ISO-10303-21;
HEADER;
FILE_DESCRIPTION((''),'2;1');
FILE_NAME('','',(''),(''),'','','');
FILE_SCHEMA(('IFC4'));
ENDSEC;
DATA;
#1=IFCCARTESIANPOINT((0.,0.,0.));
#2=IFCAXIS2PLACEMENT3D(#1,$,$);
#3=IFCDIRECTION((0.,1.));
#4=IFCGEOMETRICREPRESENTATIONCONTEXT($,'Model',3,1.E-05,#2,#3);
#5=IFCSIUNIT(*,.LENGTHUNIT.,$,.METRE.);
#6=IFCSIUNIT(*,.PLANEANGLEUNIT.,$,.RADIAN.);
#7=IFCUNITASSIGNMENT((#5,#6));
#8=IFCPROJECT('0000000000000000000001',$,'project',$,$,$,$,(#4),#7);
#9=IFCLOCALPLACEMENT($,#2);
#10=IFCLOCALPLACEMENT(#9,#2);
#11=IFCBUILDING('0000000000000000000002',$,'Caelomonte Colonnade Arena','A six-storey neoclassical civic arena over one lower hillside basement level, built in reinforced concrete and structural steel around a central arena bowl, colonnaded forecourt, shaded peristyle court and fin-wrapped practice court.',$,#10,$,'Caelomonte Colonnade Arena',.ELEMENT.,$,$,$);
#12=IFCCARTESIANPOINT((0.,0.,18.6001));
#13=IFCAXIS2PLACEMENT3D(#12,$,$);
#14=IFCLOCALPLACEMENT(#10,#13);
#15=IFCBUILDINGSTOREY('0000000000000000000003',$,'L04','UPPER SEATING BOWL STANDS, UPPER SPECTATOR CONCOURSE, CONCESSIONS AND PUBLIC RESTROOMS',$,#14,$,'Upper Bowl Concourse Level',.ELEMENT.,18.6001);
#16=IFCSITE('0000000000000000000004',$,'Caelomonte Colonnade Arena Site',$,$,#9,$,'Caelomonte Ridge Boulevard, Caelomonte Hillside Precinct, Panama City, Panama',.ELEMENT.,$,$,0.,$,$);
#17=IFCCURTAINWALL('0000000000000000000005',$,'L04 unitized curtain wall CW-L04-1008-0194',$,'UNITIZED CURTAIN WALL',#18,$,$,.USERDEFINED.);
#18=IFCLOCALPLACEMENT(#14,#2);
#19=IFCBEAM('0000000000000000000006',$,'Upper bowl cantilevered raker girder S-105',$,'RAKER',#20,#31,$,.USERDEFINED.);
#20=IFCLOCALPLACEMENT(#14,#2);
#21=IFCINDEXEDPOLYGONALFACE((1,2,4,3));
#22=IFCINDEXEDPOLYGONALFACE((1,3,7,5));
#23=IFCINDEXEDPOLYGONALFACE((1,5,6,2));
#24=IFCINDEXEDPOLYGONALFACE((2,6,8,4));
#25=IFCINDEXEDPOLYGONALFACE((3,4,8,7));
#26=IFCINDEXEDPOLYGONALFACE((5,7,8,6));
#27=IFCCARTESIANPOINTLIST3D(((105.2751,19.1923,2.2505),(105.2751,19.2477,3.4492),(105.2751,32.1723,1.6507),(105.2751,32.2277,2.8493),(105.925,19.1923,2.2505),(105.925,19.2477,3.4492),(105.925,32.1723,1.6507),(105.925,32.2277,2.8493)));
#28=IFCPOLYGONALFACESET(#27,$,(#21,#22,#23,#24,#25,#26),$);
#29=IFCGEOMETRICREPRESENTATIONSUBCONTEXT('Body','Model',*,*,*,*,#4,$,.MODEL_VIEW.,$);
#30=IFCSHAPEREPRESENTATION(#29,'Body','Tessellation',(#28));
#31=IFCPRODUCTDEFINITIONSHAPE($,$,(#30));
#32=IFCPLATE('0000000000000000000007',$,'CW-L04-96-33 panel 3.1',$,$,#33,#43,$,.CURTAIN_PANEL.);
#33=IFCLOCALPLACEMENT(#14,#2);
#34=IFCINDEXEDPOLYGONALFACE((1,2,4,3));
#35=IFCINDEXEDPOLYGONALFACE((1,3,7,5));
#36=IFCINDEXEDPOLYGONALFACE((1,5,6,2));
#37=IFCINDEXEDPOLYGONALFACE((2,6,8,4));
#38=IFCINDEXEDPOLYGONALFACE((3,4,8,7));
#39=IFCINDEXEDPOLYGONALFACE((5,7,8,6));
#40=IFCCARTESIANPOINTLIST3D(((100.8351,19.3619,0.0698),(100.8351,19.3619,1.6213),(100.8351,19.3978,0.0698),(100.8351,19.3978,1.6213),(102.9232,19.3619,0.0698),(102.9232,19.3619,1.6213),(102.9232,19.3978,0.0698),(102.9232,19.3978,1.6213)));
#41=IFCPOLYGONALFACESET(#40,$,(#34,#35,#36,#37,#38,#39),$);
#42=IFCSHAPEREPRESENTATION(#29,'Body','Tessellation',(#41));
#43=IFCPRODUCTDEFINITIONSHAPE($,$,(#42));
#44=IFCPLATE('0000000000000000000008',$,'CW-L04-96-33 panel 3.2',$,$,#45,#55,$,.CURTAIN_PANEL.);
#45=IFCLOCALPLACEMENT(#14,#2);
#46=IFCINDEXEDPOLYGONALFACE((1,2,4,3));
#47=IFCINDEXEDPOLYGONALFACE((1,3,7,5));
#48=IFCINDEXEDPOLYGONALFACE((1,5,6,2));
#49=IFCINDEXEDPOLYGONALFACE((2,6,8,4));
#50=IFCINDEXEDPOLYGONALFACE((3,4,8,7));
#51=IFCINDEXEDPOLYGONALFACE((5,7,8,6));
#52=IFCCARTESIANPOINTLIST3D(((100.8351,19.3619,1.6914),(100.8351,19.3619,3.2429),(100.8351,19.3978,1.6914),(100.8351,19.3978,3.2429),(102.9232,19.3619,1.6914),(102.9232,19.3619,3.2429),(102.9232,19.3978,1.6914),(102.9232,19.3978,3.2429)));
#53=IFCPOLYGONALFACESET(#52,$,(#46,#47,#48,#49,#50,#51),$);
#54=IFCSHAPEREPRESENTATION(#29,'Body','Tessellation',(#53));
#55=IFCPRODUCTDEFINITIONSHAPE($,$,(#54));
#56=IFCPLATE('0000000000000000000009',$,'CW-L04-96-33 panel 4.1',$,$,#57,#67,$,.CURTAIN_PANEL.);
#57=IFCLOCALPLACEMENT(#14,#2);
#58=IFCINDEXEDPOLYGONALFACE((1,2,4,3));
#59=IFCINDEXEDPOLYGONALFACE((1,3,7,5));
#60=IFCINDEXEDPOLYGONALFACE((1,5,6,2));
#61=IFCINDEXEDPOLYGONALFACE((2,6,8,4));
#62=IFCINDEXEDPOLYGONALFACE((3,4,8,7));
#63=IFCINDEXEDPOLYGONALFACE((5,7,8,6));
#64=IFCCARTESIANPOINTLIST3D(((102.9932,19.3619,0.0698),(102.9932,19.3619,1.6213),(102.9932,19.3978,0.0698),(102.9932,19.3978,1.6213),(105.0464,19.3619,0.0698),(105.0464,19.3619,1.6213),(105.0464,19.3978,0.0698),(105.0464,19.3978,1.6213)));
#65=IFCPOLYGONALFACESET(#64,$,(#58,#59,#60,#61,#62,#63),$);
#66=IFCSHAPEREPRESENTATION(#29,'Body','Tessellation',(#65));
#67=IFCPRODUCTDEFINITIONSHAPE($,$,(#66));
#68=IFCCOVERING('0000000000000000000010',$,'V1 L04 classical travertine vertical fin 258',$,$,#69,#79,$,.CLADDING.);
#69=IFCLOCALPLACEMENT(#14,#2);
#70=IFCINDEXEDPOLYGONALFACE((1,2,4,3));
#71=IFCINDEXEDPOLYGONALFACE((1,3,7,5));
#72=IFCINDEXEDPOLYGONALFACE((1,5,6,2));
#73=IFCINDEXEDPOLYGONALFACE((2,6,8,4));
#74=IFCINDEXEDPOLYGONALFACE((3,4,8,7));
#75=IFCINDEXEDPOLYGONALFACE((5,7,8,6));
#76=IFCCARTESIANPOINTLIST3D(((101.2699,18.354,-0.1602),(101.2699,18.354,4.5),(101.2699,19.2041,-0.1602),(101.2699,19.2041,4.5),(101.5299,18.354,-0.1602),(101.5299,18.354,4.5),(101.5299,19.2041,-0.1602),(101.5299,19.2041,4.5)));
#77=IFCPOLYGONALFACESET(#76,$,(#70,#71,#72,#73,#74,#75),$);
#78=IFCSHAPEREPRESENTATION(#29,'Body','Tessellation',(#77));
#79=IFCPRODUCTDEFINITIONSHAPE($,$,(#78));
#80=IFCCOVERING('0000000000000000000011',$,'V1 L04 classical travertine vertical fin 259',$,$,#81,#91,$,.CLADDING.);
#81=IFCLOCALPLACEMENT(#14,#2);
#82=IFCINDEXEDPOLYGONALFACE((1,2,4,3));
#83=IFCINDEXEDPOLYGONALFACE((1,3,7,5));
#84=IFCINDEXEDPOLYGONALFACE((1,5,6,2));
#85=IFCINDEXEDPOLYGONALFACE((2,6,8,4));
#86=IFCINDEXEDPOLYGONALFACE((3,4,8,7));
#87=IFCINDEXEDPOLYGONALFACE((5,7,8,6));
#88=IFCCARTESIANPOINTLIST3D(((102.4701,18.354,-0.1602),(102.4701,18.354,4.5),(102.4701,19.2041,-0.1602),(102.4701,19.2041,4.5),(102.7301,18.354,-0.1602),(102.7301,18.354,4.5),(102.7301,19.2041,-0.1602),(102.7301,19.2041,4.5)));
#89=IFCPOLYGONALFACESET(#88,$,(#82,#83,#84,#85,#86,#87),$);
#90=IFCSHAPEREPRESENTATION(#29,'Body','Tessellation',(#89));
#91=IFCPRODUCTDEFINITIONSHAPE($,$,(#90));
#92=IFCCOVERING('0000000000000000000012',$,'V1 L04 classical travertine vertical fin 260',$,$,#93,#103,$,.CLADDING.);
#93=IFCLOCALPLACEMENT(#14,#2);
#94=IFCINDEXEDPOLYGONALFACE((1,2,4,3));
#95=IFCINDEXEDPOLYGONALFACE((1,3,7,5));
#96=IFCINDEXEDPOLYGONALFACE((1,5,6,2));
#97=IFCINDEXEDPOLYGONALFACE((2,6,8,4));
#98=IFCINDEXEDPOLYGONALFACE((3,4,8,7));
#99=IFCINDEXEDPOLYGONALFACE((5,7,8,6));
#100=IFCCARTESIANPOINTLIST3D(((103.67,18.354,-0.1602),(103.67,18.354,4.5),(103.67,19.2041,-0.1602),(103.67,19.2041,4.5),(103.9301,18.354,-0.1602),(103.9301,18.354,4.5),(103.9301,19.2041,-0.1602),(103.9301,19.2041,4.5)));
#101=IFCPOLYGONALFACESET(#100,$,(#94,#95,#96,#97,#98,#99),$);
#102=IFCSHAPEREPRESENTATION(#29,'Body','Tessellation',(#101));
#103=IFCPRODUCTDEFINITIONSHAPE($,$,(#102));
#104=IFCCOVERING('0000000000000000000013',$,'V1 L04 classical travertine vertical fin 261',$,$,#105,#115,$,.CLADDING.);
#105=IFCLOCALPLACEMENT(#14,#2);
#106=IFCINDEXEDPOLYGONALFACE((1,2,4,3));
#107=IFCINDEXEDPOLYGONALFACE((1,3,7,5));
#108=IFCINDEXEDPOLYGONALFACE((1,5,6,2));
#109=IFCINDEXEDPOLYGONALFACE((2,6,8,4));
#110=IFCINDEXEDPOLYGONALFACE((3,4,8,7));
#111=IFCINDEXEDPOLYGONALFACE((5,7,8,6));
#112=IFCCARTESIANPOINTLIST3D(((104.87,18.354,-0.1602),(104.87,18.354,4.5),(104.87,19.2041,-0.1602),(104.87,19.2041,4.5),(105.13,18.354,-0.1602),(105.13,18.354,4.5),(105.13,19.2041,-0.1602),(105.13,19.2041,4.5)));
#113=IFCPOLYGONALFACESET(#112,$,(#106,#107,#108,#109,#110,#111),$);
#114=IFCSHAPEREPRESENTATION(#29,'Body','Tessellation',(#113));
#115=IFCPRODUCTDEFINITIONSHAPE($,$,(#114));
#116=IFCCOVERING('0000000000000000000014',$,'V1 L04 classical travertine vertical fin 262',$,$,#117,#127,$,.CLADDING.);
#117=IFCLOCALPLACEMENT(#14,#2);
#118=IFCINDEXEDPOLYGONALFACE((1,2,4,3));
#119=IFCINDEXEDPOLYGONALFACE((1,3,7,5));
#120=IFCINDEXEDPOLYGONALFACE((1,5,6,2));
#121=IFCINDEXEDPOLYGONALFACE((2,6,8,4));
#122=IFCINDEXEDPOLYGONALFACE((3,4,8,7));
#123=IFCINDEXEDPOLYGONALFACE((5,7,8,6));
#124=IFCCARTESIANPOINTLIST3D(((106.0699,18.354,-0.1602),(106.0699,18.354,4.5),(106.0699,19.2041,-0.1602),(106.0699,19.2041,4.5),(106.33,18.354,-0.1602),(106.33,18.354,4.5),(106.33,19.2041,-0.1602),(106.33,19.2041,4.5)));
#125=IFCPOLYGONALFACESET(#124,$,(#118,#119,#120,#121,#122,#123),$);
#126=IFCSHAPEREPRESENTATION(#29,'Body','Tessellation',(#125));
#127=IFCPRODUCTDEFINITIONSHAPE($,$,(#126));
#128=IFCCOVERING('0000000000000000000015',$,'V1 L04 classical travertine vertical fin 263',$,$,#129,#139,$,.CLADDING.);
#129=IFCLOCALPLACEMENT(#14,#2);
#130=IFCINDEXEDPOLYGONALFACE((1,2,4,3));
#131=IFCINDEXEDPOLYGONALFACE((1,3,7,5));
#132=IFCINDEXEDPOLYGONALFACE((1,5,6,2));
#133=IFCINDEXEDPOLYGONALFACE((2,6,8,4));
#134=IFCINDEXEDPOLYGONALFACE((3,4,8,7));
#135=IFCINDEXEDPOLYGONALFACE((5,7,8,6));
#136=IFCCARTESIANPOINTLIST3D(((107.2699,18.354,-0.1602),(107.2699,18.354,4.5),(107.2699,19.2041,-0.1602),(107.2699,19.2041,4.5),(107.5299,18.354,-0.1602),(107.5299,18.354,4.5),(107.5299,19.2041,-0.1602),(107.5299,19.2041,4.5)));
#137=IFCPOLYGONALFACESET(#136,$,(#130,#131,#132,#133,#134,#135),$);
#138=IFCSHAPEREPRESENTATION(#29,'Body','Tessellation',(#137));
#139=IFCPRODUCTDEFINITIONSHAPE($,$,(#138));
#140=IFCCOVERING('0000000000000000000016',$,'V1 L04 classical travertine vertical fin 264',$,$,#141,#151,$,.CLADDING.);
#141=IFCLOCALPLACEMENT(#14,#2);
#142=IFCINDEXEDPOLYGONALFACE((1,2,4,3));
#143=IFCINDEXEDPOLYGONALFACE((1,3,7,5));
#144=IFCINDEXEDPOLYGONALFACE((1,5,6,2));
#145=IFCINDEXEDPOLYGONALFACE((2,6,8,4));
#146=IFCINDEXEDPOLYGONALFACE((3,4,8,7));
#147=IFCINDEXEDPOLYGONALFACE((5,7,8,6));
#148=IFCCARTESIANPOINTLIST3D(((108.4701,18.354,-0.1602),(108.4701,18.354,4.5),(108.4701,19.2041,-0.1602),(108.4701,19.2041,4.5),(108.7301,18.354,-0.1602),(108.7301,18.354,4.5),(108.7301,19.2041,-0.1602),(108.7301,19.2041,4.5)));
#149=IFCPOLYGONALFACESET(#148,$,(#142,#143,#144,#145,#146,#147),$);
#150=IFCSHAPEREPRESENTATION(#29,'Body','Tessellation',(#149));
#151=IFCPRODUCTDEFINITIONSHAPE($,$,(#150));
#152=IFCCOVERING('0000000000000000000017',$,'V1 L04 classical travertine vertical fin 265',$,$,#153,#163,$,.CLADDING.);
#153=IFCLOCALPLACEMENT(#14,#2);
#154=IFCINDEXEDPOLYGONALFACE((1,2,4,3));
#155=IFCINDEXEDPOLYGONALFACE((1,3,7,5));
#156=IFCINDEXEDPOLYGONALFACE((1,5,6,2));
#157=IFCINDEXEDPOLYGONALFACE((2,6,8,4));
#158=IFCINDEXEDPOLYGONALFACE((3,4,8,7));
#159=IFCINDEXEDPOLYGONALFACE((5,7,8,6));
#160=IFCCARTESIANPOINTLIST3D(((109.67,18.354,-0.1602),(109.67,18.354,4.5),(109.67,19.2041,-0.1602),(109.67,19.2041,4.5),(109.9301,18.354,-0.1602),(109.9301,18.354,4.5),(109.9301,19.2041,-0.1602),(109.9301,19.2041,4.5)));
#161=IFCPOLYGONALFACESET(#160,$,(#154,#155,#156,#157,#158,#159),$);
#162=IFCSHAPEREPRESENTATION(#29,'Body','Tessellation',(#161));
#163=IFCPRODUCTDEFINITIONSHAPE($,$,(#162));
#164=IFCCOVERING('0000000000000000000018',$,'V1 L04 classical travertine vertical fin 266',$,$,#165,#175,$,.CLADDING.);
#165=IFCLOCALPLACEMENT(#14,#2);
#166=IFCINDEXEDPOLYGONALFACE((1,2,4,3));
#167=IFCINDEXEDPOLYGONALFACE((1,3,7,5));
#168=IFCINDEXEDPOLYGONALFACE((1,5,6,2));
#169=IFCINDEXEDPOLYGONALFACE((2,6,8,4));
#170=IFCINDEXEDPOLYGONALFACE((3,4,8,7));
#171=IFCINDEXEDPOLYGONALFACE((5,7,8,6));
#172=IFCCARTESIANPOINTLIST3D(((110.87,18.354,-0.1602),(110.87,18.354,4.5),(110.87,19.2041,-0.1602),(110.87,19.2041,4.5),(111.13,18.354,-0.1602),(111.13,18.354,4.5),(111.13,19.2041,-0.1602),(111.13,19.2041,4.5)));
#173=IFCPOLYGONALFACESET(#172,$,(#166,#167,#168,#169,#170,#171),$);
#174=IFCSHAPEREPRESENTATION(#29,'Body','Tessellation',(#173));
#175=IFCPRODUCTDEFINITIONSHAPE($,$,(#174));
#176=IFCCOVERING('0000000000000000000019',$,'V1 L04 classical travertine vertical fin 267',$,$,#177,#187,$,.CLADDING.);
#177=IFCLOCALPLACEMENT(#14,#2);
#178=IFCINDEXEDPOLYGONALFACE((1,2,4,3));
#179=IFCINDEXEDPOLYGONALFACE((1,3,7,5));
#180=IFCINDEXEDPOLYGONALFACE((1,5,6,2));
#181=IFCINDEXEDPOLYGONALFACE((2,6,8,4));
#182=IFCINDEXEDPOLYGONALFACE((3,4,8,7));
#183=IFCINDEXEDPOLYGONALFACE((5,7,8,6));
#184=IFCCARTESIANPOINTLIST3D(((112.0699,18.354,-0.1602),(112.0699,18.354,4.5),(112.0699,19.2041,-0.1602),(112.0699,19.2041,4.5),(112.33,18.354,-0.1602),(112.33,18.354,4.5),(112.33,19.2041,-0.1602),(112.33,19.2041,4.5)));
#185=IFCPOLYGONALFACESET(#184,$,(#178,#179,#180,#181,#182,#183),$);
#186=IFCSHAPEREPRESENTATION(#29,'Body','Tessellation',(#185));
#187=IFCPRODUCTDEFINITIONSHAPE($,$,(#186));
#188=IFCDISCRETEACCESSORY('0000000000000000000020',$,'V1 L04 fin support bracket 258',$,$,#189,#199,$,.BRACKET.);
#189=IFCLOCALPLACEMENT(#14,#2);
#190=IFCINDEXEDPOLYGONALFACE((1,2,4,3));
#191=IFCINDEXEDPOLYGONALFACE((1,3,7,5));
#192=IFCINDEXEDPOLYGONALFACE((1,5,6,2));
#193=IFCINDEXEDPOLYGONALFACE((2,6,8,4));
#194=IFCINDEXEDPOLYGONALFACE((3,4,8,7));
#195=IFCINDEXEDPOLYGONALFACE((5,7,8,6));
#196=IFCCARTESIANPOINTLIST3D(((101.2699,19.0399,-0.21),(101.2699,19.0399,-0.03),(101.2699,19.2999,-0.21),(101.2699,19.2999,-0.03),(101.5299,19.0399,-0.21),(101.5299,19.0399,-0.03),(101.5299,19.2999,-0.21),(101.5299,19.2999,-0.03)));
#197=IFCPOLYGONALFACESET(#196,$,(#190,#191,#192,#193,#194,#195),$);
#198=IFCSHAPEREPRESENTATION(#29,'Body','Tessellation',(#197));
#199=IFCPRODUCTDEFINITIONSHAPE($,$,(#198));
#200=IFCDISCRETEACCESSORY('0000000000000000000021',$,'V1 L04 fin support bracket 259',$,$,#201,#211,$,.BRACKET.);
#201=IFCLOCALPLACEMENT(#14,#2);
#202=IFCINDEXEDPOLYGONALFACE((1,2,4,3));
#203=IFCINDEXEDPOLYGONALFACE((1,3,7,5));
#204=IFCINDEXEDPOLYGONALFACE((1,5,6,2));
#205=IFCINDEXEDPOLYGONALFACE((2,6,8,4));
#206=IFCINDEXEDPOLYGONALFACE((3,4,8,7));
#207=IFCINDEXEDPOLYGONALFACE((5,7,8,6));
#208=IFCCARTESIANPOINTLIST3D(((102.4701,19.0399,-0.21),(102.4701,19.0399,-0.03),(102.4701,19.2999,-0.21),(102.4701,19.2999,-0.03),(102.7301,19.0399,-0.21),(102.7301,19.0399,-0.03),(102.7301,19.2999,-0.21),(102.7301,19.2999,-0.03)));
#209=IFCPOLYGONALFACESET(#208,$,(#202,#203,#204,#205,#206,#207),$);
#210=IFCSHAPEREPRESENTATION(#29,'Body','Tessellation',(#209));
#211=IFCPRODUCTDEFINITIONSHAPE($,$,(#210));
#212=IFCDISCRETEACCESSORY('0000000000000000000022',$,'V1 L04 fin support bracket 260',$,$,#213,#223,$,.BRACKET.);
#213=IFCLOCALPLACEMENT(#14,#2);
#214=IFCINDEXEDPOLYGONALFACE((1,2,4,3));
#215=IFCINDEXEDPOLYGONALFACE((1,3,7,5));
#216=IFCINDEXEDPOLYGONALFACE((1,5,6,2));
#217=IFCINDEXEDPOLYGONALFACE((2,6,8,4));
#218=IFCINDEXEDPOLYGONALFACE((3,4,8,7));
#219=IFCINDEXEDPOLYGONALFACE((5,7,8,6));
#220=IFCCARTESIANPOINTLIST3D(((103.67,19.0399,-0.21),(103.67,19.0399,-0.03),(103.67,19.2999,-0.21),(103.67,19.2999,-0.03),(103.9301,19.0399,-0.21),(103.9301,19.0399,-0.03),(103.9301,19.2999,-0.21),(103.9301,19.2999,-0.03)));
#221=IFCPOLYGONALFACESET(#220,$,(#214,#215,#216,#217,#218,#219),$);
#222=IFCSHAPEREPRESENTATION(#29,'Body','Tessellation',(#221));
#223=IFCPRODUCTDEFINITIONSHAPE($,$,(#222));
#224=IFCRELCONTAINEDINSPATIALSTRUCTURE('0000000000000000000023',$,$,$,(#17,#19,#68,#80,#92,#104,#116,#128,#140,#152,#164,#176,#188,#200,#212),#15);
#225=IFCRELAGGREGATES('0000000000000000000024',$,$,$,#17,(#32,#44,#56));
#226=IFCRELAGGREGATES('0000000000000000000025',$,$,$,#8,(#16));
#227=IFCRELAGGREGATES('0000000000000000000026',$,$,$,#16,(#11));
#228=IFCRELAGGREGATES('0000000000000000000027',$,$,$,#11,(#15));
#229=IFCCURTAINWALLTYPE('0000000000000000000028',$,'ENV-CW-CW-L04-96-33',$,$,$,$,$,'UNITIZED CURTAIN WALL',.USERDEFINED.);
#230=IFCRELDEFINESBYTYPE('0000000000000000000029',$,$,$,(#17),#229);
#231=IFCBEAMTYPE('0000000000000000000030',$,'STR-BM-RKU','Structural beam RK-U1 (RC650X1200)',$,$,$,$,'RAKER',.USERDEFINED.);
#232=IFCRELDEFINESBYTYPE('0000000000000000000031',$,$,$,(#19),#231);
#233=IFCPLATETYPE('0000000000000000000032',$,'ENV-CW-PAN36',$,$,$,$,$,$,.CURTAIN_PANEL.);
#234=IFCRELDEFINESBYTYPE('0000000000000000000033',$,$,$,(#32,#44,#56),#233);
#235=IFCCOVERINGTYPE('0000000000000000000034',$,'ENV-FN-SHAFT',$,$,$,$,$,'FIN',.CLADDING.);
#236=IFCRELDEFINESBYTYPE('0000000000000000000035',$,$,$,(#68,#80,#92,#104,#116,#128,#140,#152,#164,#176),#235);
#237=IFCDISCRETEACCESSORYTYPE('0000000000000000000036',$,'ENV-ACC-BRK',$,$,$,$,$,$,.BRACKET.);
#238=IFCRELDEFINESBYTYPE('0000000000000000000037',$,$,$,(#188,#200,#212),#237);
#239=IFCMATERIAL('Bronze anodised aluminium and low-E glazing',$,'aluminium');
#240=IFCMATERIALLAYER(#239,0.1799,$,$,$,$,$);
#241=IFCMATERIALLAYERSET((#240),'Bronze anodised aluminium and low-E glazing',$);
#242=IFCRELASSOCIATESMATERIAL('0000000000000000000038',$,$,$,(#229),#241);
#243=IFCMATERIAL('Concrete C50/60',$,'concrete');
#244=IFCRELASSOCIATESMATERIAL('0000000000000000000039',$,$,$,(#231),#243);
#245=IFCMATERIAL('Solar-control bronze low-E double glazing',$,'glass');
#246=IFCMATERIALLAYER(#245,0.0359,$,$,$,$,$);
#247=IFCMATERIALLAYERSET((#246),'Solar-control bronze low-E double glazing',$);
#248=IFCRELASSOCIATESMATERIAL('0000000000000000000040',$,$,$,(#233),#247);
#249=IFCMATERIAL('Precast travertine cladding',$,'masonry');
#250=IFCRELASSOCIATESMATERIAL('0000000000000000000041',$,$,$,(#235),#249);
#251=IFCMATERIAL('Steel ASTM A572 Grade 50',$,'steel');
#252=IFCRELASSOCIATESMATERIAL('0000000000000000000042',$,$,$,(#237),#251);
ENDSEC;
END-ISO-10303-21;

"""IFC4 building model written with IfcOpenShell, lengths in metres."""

from ifc_helpers import new_model, si_unit, direction, frame, origin, origin_2d, place, context, subcontext, project, spatial, rectangle, extrude, material, layer, layer_set, material_profile, profile_set, type_object, element, aggregate, save


model = new_model("IFC4")

# Units and contexts
model_context = context("Model", 3, precision=1e-05, world=origin(), true_north=direction((0.0, 1.0)))
body_context = subcontext(model_context, "Body", "Model", "MODEL_VIEW")
ifc_project = project(units=[si_unit("LENGTHUNIT", "METRE"), si_unit("PLANEANGLEUNIT", "RADIAN")], contexts=[model_context])

# Site, building, storey
site_placement = place(None, origin())
site = spatial("IfcSite", under=ifc_project, at=site_placement, Name="Caelomonte Colonnade Arena Site", LongName="Caelomonte Ridge Boulevard, Caelomonte Hillside Precinct, Panama City, Panama", CompositionType="ELEMENT", RefElevation=0.0)
building_placement = place(site_placement, origin())
building = spatial("IfcBuilding", under=site, at=building_placement, Name="Caelomonte Colonnade Arena", Description="A six-storey neoclassical civic arena over one lower hillside basement level, built in reinforced concrete and structural steel around a central arena bowl, colonnaded forecourt, shaded peristyle court and fin-wrapped practice court.", LongName="Caelomonte Colonnade Arena", CompositionType="ELEMENT")
storey_placement = place(building_placement, frame((0.0, 0.0, 18.6001)))
storey = spatial("IfcBuildingStorey", under=building, at=storey_placement, Name="L04", Description="UPPER SEATING BOWL STANDS, UPPER SPECTATOR CONCOURSE, CONCESSIONS AND PUBLIC RESTROOMS", LongName="Upper Bowl Concourse Level", CompositionType="ELEMENT", Elevation=18.6001)

# Curtain wall
ifc_material_1 = material(Name="Bronze anodised aluminium and low-E glazing", Category="aluminium")
ifc_layer_1 = layer(ifc_material_1, 0.1799)
ifc_layer_set_1 = layer_set([ifc_layer_1], Name="Bronze anodised aluminium and low-E glazing")
curtain_wall_type = type_object("IfcCurtainWallType", Name="ENV-CW-CW-L04-96-33", ElementType="UNITIZED CURTAIN WALL", PredefinedType="USERDEFINED", material=ifc_layer_set_1)
curtain_wall_placement = place(storey_placement, origin())
curtain_wall = element("IfcCurtainWall", 1, at=curtain_wall_placement, inside=storey, type_object=curtain_wall_type, Name="L04 unitized curtain wall CW-L04-1008-0194", ObjectType="UNITIZED CURTAIN WALL", PredefinedType="USERDEFINED")

# Beam
ifc_material_2 = material(Name="Concrete C50/60", Category="concrete")
ifc_material_profile_1 = material_profile(ifc_material_2, rectangle(XDim=0.6499, YDim=1.2, at=origin_2d()), Name="RC650X1200")
ifc_profile_set_1 = profile_set([ifc_material_profile_1], Name="Concrete C50/60")
beam_type_1 = type_object("IfcBeamType", Name="STR-BM-RKU", Description="Structural beam RK-U1 (RC650X1200)", ElementType="RAKER", PredefinedType="USERDEFINED", material=ifc_profile_set_1)
beam_1_placement = place(storey_placement, frame((105.6001, 19.22, 2.8499), z_axis=(0.0, 0.998934, -0.046164), x_axis=(-1.0, 0.0, 0.0)))
element("IfcBeam", 2, at=beam_1_placement, inside=storey, type_object=beam_type_1, Name="Upper bowl cantilevered raker girder S-105", ObjectType="RAKER", PredefinedType="USERDEFINED", context=body_context, shape_type="SweptSolid", body=[
    extrude(rectangle(XDim=0.6499, YDim=1.2, at=origin_2d()), origin(), (0.0, 0.0, 1.0), 12.9939),
])

# Plates
ifc_material_3 = material(Name="Solar-control bronze low-E double glazing", Category="glass")
ifc_layer_2 = layer(ifc_material_3, 0.0359)
ifc_layer_set_2 = layer_set([ifc_layer_2], Name="Solar-control bronze low-E double glazing")
plate_type = type_object("IfcPlateType", Name="ENV-CW-PAN36", PredefinedType="CURTAIN_PANEL", material=ifc_layer_set_2)
plate_1_placement = place(storey_placement, frame((101.8792, 19.3799, 0.0698), z_axis=(0.0, 0.0, 1.0), x_axis=(1.0, 0.0, 0.0)))
plate_1 = element("IfcPlate", 3, at=plate_1_placement, type_object=plate_type, Name="CW-L04-96-33 panel 3.1", PredefinedType="CURTAIN_PANEL", context=body_context, shape_type="SweptSolid", body=[
    extrude(rectangle(XDim=2.0881, YDim=0.0359, at=origin_2d()), origin(), (0.0, 0.0, 1.0), 1.5515),
])
plate_2_placement = place(storey_placement, frame((101.8792, 19.3799, 1.6914), z_axis=(0.0, 0.0, 1.0), x_axis=(1.0, 0.0, 0.0)))
plate_2 = element("IfcPlate", 4, at=plate_2_placement, type_object=plate_type, Name="CW-L04-96-33 panel 3.2", PredefinedType="CURTAIN_PANEL", context=body_context, shape_type="SweptSolid", body=[
    extrude(rectangle(XDim=2.0881, YDim=0.0359, at=origin_2d()), origin(), (0.0, 0.0, 1.0), 1.5515),
])
plate_3_placement = place(storey_placement, frame((104.0198, 19.3799, 0.0698), z_axis=(0.0, 0.0, 1.0), x_axis=(1.0, 0.0, 0.0)))
plate_3 = element("IfcPlate", 5, at=plate_3_placement, type_object=plate_type, Name="CW-L04-96-33 panel 4.1", PredefinedType="CURTAIN_PANEL", context=body_context, shape_type="SweptSolid", body=[
    extrude(rectangle(XDim=2.0532, YDim=0.0359, at=origin_2d()), origin(), (0.0, 0.0, 1.0), 1.5515),
])
aggregate(curtain_wall, [plate_1, plate_2, plate_3])

# Coverings
ifc_material_4 = material(Name="Precast travertine cladding", Category="masonry")
ifc_material_profile_2 = material_profile(ifc_material_4, rectangle(XDim=0.26, YDim=0.8501, at=origin_2d()), Name="FIN260X850")
ifc_profile_set_2 = profile_set([ifc_material_profile_2], Name="Precast travertine cladding")
covering_type = type_object("IfcCoveringType", Name="ENV-FN-SHAFT", ElementType="FIN", PredefinedType="CLADDING", material=ifc_profile_set_2)
for number, where, z_axis, x_axis, name in (
    (6, (101.3999, 18.7791, -0.1602), (0.0, 0.0, 1.0), (-1.0, 0.0, 0.0), "V1 L04 classical travertine vertical fin 258"),
    (7, (102.6001, 18.7791, -0.1602), (0.0, 0.0, 1.0), (-1.0, 0.0, 0.0), "V1 L04 classical travertine vertical fin 259"),
    (8, (103.8, 18.7791, -0.1602), (0.0, 0.0, 1.0), (-1.0, 0.0, 0.0), "V1 L04 classical travertine vertical fin 260"),
    (9, (105.0, 18.7791, -0.1602), (0.0, 0.0, 1.0), (-1.0, 0.0, 0.0), "V1 L04 classical travertine vertical fin 261"),
    (10, (106.2, 18.7791, -0.1602), (0.0, 0.0, 1.0), (-1.0, 0.0, 0.0), "V1 L04 classical travertine vertical fin 262"),
    (11, (107.3999, 18.7791, -0.1602), (0.0, 0.0, 1.0), (-1.0, 0.0, 0.0), "V1 L04 classical travertine vertical fin 263"),
    (12, (108.6001, 18.7791, -0.1602), (0.0, 0.0, 1.0), (-1.0, 0.0, 0.0), "V1 L04 classical travertine vertical fin 264"),
    (13, (109.8, 18.7791, -0.1602), (0.0, 0.0, 1.0), (-1.0, 0.0, 0.0), "V1 L04 classical travertine vertical fin 265"),
    (14, (111.0, 18.7791, -0.1602), (0.0, 0.0, 1.0), (-1.0, 0.0, 0.0), "V1 L04 classical travertine vertical fin 266"),
    (15, (112.2, 18.7791, -0.1602), (0.0, 0.0, 1.0), (-1.0, 0.0, 0.0), "V1 L04 classical travertine vertical fin 267"),
):
    element("IfcCovering", number, at=place(storey_placement, frame(where, z_axis=z_axis, x_axis=x_axis)), inside=storey, type_object=covering_type, Name=name, PredefinedType="CLADDING", context=body_context, shape_type="SweptSolid", body=[
        extrude(rectangle(XDim=0.26, YDim=0.8501, at=origin_2d()), origin(), (0.0, 0.0, 1.0), 4.6602),
    ])

# Discrete accessories
ifc_material_5 = material(Name="Steel ASTM A572 Grade 50", Category="steel")
discrete_accessory_type = type_object("IfcDiscreteAccessoryType", Name="ENV-ACC-BRK", PredefinedType="BRACKET", material=ifc_material_5)
for number, where, z_axis, x_axis, name in (
    (16, (101.3999, 19.1699, -0.21), (0.0, 0.0, 1.0), (1.0, 0.0, 0.0), "V1 L04 fin support bracket 258"),
    (17, (102.6001, 19.1699, -0.21), (0.0, 0.0, 1.0), (1.0, 0.0, 0.0), "V1 L04 fin support bracket 259"),
    (18, (103.8, 19.1699, -0.21), (0.0, 0.0, 1.0), (1.0, 0.0, 0.0), "V1 L04 fin support bracket 260"),
):
    element("IfcDiscreteAccessory", number, at=place(storey_placement, frame(where, z_axis=z_axis, x_axis=x_axis)), inside=storey, type_object=discrete_accessory_type, Name=name, PredefinedType="BRACKET", context=body_context, shape_type="SweptSolid", body=[
        extrude(rectangle(XDim=0.26, YDim=0.26, at=origin_2d()), origin(), (0.0, 0.0, 1.0), 0.1799),
    ])

save(model, "model.ifc")
